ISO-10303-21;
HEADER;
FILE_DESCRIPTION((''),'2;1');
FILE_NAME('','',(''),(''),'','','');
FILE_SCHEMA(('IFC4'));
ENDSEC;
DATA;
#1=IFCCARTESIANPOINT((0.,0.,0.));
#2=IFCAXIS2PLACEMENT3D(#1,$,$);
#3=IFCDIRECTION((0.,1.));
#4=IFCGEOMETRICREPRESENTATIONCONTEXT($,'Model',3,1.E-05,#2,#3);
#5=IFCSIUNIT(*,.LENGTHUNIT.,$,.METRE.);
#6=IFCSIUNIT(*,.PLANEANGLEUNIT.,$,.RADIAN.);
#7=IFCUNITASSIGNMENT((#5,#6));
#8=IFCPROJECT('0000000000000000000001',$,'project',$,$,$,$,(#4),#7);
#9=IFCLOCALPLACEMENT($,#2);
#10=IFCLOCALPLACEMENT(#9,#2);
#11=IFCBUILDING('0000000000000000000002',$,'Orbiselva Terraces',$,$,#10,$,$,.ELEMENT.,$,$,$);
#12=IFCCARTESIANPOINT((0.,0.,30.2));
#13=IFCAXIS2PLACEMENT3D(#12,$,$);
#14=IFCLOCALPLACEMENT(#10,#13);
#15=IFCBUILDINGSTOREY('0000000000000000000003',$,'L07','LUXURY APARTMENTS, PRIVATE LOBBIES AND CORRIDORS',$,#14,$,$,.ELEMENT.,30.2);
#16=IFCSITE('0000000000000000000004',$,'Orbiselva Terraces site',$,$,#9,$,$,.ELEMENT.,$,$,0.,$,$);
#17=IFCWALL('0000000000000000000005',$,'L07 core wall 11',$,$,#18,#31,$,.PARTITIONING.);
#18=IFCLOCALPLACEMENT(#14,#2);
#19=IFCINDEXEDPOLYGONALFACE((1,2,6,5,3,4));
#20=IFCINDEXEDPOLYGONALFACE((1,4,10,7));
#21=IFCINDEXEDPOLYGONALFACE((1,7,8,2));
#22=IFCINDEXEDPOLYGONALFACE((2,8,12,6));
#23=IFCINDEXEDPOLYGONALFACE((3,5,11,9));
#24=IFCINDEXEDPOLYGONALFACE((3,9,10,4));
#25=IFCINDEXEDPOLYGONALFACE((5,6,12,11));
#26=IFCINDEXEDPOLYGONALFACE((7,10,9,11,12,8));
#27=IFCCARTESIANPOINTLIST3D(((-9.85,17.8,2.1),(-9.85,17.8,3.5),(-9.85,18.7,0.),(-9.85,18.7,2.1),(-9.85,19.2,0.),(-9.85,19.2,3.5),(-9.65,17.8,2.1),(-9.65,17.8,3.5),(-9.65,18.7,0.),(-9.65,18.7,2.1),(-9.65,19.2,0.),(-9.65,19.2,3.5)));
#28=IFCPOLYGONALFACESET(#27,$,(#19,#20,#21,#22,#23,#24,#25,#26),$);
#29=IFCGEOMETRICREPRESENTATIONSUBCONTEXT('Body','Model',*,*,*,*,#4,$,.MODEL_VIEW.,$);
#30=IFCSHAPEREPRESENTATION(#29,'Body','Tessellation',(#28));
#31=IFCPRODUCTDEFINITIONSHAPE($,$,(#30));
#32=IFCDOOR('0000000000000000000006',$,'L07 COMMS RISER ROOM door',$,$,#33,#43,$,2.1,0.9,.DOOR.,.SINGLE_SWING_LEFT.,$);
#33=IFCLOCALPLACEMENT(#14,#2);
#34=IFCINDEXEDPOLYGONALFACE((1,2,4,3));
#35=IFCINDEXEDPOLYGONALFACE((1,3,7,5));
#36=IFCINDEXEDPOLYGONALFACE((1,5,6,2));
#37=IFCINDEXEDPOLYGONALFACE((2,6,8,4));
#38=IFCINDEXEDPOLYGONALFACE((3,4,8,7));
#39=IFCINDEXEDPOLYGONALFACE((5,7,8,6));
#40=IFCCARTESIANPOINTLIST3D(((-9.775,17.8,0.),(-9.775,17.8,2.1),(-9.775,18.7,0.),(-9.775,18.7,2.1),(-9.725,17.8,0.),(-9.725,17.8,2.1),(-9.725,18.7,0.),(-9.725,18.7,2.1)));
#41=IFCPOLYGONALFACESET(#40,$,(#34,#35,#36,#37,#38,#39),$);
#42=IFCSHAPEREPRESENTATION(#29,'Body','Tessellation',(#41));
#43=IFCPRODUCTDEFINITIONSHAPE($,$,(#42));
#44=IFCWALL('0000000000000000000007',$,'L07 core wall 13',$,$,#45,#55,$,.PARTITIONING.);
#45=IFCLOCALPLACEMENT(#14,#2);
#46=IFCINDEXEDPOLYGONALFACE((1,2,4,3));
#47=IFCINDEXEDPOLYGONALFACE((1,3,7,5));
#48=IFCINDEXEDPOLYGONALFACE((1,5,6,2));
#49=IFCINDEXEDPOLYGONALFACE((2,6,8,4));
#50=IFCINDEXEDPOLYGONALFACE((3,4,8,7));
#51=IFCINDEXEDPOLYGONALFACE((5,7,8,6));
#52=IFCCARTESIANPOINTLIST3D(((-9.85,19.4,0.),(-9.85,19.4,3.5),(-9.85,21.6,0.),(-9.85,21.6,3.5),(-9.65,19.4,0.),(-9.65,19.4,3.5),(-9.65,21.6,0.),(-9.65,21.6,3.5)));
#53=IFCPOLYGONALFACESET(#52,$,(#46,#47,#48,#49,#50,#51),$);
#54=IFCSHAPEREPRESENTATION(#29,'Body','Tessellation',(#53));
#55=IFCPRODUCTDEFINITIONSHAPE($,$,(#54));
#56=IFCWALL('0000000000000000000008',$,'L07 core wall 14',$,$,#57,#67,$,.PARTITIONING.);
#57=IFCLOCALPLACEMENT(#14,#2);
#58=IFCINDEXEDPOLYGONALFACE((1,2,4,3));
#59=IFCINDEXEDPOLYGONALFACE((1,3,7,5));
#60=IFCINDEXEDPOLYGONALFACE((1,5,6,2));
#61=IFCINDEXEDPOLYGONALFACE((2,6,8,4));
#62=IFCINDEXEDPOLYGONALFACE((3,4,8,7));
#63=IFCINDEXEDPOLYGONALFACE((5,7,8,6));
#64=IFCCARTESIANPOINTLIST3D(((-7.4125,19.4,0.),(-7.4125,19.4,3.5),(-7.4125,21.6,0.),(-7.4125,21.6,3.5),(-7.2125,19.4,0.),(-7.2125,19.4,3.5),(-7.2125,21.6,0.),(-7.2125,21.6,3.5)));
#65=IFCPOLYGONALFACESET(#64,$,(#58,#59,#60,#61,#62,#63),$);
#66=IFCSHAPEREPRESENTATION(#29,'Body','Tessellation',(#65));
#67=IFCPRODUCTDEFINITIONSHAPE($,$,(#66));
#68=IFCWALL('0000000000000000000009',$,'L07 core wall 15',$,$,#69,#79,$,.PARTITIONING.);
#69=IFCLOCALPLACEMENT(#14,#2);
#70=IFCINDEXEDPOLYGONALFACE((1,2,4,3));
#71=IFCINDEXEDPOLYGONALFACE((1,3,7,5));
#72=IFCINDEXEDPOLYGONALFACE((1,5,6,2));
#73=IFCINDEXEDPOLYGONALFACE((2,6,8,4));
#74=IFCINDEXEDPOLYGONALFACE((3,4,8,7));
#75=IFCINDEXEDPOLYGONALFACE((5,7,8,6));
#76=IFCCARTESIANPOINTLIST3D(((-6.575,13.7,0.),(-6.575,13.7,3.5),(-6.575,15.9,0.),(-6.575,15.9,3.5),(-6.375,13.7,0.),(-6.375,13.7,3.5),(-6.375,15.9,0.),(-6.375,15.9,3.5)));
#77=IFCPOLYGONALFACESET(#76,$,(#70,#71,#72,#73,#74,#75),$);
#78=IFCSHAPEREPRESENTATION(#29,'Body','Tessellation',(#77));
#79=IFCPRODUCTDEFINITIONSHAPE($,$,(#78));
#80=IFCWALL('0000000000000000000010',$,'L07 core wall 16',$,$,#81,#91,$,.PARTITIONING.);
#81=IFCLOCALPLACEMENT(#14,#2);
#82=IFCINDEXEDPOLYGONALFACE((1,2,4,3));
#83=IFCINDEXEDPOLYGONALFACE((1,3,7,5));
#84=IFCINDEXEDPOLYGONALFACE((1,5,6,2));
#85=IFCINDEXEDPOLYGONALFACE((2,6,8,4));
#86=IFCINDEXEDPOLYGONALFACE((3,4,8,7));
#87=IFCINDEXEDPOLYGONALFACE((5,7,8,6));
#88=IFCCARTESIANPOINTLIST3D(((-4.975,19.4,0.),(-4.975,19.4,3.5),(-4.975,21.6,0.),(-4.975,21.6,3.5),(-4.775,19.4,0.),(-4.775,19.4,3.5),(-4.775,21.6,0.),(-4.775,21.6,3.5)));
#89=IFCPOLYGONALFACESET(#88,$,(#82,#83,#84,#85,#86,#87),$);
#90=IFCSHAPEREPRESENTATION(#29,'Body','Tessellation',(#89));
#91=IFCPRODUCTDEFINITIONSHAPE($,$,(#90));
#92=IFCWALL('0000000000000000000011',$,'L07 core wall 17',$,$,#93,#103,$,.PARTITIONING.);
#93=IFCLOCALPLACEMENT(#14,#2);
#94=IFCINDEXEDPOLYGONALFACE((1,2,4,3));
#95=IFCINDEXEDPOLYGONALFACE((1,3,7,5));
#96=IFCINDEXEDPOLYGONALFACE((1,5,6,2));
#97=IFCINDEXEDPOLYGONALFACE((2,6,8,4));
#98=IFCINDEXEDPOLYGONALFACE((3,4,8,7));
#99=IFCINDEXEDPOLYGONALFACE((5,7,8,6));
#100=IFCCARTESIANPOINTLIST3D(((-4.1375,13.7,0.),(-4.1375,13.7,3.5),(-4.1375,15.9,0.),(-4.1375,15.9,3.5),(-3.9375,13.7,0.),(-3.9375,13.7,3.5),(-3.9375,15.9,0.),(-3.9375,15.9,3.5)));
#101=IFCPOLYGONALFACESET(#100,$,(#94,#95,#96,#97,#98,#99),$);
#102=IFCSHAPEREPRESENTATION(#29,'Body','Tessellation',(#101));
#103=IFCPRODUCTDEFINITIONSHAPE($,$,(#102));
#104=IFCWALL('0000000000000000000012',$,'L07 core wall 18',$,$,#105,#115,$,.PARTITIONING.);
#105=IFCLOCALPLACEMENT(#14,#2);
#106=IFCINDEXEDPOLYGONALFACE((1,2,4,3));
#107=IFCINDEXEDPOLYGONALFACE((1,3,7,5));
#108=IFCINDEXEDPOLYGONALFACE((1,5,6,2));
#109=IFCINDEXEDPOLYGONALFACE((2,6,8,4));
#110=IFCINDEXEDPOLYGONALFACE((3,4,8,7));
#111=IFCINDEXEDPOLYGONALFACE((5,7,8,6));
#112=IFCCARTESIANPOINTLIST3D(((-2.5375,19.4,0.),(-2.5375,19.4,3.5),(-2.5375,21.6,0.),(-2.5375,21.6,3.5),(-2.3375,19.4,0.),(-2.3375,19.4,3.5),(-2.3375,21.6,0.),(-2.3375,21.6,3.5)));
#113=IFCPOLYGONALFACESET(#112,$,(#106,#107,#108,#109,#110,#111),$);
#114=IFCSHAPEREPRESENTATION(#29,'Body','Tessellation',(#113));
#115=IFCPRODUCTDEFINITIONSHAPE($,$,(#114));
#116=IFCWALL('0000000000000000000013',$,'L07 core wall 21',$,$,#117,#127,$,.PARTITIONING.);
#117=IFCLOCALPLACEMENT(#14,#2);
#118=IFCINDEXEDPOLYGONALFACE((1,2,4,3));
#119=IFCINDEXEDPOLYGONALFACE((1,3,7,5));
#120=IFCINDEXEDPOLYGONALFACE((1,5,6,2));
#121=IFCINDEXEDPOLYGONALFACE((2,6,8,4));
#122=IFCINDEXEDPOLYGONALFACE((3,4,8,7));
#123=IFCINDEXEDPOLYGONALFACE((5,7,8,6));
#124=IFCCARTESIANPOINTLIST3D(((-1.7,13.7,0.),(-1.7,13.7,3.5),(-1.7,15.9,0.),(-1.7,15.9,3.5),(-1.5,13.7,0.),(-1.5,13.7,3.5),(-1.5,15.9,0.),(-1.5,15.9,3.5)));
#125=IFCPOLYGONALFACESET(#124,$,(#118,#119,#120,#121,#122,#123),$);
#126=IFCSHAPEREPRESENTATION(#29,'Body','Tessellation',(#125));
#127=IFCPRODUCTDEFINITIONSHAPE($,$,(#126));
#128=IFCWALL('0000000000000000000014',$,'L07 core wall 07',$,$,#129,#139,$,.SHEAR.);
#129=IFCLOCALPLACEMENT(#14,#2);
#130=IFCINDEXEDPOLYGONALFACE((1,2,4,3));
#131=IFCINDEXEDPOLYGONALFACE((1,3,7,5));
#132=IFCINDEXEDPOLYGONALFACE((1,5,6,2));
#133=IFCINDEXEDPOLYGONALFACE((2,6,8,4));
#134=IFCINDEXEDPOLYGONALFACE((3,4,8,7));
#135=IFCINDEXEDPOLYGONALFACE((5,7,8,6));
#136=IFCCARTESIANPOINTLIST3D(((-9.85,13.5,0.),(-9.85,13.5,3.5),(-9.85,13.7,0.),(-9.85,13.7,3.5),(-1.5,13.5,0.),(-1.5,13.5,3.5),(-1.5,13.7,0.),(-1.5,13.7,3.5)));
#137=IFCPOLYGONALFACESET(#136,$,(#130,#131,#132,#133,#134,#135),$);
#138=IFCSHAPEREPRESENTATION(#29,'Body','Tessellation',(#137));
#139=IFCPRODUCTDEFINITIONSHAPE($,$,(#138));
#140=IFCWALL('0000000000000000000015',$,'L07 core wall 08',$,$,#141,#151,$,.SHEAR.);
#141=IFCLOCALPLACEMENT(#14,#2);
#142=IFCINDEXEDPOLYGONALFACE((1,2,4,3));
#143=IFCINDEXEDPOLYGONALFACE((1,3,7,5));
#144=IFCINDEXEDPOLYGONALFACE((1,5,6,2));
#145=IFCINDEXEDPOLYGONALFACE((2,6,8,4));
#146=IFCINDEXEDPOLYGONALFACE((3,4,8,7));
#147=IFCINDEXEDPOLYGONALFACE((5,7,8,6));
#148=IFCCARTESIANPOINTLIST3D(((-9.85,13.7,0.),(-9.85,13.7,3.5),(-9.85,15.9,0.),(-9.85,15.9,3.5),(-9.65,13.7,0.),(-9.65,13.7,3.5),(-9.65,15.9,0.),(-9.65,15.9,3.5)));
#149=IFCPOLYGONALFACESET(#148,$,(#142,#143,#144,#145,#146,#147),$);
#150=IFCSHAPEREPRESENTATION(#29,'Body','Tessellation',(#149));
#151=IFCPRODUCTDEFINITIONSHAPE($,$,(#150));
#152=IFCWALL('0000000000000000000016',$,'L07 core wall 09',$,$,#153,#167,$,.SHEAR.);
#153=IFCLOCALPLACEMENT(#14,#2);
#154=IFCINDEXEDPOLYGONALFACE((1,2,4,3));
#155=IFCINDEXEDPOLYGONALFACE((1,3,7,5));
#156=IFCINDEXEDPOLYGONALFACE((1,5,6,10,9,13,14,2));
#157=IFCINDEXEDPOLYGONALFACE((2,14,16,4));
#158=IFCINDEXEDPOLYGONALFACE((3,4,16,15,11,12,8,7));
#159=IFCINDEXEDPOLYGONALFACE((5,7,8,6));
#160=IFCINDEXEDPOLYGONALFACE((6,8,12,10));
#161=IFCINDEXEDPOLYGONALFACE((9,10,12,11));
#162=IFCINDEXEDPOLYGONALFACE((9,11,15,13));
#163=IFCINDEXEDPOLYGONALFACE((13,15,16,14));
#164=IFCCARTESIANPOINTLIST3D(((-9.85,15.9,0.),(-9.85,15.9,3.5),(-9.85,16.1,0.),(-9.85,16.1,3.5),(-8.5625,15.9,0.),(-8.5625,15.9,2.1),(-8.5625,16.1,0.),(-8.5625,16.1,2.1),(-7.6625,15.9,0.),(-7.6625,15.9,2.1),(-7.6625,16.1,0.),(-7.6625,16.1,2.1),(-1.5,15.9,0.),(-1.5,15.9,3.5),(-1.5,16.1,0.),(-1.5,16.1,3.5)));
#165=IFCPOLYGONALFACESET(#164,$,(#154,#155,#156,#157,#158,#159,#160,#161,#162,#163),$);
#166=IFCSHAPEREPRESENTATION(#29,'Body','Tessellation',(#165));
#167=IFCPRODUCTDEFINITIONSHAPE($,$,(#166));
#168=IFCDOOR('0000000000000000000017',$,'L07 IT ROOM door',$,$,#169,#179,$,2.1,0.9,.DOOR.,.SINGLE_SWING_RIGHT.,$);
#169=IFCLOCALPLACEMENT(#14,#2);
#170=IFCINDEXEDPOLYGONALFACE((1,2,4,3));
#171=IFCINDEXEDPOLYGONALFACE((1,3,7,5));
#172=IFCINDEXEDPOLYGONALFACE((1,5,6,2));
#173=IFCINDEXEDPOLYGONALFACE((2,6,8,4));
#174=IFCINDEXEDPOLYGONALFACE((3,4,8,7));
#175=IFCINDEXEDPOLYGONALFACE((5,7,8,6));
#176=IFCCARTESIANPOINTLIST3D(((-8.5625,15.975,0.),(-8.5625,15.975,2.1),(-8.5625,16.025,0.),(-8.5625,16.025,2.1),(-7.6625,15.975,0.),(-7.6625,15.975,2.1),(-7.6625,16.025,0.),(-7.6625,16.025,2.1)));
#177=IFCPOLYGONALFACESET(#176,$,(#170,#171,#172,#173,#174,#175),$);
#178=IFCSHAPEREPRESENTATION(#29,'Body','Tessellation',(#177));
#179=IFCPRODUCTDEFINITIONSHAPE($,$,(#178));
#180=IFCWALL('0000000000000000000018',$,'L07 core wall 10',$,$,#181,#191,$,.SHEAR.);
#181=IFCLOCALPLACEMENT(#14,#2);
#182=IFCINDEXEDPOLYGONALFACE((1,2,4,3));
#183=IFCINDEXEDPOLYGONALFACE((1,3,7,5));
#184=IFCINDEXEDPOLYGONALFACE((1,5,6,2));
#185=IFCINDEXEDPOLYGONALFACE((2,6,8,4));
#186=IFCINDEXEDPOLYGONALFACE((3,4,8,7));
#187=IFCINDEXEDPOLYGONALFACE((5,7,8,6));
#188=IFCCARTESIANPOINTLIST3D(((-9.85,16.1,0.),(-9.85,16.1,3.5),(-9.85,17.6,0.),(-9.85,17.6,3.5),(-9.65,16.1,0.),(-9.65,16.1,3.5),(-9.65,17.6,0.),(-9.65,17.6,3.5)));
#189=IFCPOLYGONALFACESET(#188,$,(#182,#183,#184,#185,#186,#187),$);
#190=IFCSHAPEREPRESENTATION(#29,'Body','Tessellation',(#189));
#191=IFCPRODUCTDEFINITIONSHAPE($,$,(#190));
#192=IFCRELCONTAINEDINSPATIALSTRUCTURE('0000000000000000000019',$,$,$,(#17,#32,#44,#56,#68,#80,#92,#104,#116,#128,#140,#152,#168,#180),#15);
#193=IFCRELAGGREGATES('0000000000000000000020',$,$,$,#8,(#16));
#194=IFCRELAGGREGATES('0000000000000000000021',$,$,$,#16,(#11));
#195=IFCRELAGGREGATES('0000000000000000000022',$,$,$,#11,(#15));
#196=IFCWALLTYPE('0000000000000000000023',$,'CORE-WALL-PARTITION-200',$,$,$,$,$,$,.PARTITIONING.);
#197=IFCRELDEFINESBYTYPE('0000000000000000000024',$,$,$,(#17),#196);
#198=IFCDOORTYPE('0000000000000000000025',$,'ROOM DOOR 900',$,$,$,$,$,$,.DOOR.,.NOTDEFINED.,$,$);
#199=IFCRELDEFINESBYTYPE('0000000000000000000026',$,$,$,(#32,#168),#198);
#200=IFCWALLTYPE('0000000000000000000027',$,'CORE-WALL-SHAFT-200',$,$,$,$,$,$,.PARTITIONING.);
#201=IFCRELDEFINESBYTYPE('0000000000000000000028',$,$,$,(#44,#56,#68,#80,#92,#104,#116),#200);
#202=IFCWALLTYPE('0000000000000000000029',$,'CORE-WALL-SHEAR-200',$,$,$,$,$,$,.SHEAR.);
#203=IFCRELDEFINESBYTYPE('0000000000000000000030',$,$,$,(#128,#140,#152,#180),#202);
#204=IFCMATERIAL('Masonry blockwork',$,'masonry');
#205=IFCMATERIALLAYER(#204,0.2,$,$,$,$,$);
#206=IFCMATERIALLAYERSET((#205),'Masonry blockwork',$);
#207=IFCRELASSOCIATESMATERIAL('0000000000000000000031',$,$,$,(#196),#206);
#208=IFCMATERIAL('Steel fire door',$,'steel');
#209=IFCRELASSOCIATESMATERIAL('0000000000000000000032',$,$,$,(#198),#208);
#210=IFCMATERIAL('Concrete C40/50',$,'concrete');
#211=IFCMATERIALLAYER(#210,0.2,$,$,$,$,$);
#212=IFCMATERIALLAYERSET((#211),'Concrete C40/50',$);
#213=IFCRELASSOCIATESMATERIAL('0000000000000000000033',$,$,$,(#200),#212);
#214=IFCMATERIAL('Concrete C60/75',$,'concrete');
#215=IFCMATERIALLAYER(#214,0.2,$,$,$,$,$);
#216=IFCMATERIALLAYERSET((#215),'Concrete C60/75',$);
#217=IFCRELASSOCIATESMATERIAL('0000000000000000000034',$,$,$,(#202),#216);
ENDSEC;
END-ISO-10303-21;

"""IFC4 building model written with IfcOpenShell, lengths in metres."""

from ifc_helpers import new_model, si_unit, direction, frame, frame_2d, origin, place, context, subcontext, project, spatial, rectangle, extrude, material, layer, layer_set, type_object, element, fill, save


model = new_model("IFC4")

# Units and contexts
model_context = context("Model", 3, precision=1e-05, world=origin(), true_north=direction((0.0, 1.0)))
body_context = subcontext(model_context, "Body", "Model", "MODEL_VIEW")
ifc_project = project(units=[si_unit("LENGTHUNIT", "METRE"), si_unit("PLANEANGLEUNIT", "RADIAN")], contexts=[model_context])

# Site, building, storey
site_placement = place(None, origin())
site = spatial("IfcSite", under=ifc_project, at=site_placement, Name="Orbiselva Terraces site", CompositionType="ELEMENT", RefElevation=0.0)
building_placement = place(site_placement, origin())
building = spatial("IfcBuilding", under=site, at=building_placement, Name="Orbiselva Terraces", CompositionType="ELEMENT")
storey_placement = place(building_placement, frame((0.0, 0.0, 30.2)))
storey = spatial("IfcBuildingStorey", under=building, at=storey_placement, Name="L07", Description="LUXURY APARTMENTS, PRIVATE LOBBIES AND CORRIDORS", CompositionType="ELEMENT", Elevation=30.2)

# Wall, opening, door
ifc_material_1 = material(Name="Masonry blockwork", Category="masonry")
ifc_layer_1 = layer(ifc_material_1, 0.2)
ifc_layer_set_1 = layer_set([ifc_layer_1], Name="Masonry blockwork")
wall_type_1 = type_object("IfcWallType", Name="CORE-WALL-PARTITION-200", PredefinedType="PARTITIONING", material=ifc_layer_set_1)
wall_1_placement = place(storey_placement, frame((-9.75, 17.8, 0.0), z_axis=(0.0, 0.0, 1.0), x_axis=(0.0, 1.0, 0.0)))
wall_1 = element("IfcWall", 1, at=wall_1_placement, inside=storey, type_object=wall_type_1, Name="L07 core wall 11", PredefinedType="PARTITIONING", context=body_context, shape_type="SweptSolid", body=[
    extrude(rectangle(XDim=1.4, YDim=0.2, at=frame_2d((0.7, 0.0))), origin(), (0.0, 0.0, 1.0), 3.5),
])
opening_1_placement = place(wall_1_placement, origin())
opening_1 = element("IfcOpeningElement", 2, at=opening_1_placement, cuts=wall_1, PredefinedType="OPENING", context=body_context, shape_type="SweptSolid", body=[
    extrude(rectangle(XDim=0.9, YDim=2.1, at=frame_2d((0.45, 1.05))), frame((0.0, 0.11, 0.0), z_axis=(0.0, -1.0, 0.0), x_axis=(1.0, 0.0, 0.0)), (0.0, 0.0, 1.0), 0.22),
])
ifc_material_2 = material(Name="Steel fire door", Category="steel")
door_type_1 = type_object("IfcDoorType", Name="ROOM DOOR 900", OperationType="NOTDEFINED", PredefinedType="DOOR", material=ifc_material_2)
door_1_placement = place(opening_1_placement, origin())
door_1 = element("IfcDoor", 3, at=door_1_placement, inside=storey, type_object=door_type_1, Name="L07 COMMS RISER ROOM door", OperationType="SINGLE_SWING_LEFT", OverallHeight=2.1, OverallWidth=0.9, PredefinedType="DOOR", context=body_context, shape_type="SweptSolid", body=[
    extrude(rectangle(XDim=0.9, YDim=2.1, at=frame_2d((0.45, 1.05))), frame((0.0, 0.025, 0.0), z_axis=(0.0, -1.0, 0.0), x_axis=(1.0, 0.0, 0.0)), (0.0, 0.0, 1.0), 0.05),
])
fill(opening_1, door_1)

# Walls
ifc_material_3 = material(Name="Concrete C40/50", Category="concrete")
ifc_layer_2 = layer(ifc_material_3, 0.2)
ifc_layer_set_2 = layer_set([ifc_layer_2], Name="Concrete C40/50")
wall_type_2 = type_object("IfcWallType", Name="CORE-WALL-SHAFT-200", PredefinedType="PARTITIONING", material=ifc_layer_set_2)
for number, where, z_axis, x_axis, name in (
    (4, (-9.75, 19.4, 0.0), (0.0, 0.0, 1.0), (0.0, 1.0, 0.0), "L07 core wall 13"),
    (5, (-7.3125, 19.4, 0.0), (0.0, 0.0, 1.0), (0.0, 1.0, 0.0), "L07 core wall 14"),
    (6, (-6.475, 13.7, 0.0), (0.0, 0.0, 1.0), (0.0, 1.0, 0.0), "L07 core wall 15"),
    (7, (-4.875, 19.4, 0.0), (0.0, 0.0, 1.0), (0.0, 1.0, 0.0), "L07 core wall 16"),
    (8, (-4.0375, 13.7, 0.0), (0.0, 0.0, 1.0), (0.0, 1.0, 0.0), "L07 core wall 17"),
    (9, (-2.4375, 19.4, 0.0), (0.0, 0.0, 1.0), (0.0, 1.0, 0.0), "L07 core wall 18"),
    (10, (-1.6, 13.7, 0.0), (0.0, 0.0, 1.0), (0.0, 1.0, 0.0), "L07 core wall 21"),
):
    element("IfcWall", number, at=place(storey_placement, frame(where, z_axis=z_axis, x_axis=x_axis)), inside=storey, type_object=wall_type_2, Name=name, PredefinedType="PARTITIONING", context=body_context, shape_type="SweptSolid", body=[
        extrude(rectangle(XDim=2.2, YDim=0.2, at=frame_2d((1.1, 0.0))), origin(), (0.0, 0.0, 1.0), 3.5),
    ])
ifc_material_4 = material(Name="Concrete C60/75", Category="concrete")
ifc_layer_3 = layer(ifc_material_4, 0.2)
ifc_layer_set_3 = layer_set([ifc_layer_3], Name="Concrete C60/75")
wall_type_3 = type_object("IfcWallType", Name="CORE-WALL-SHEAR-200", PredefinedType="SHEAR", material=ifc_layer_set_3)
wall_2_placement = place(storey_placement, frame((-9.85, 13.6, 0.0), z_axis=(0.0, 0.0, 1.0), x_axis=(1.0, 0.0, 0.0)))
element("IfcWall", 11, at=wall_2_placement, inside=storey, type_object=wall_type_3, Name="L07 core wall 07", PredefinedType="SHEAR", context=body_context, shape_type="SweptSolid", body=[
    extrude(rectangle(XDim=8.35, YDim=0.2, at=frame_2d((4.175, 0.0))), origin(), (0.0, 0.0, 1.0), 3.5),
])
wall_3_placement = place(storey_placement, frame((-9.75, 13.7, 0.0), z_axis=(0.0, 0.0, 1.0), x_axis=(0.0, 1.0, 0.0)))
element("IfcWall", 12, at=wall_3_placement, inside=storey, type_object=wall_type_3, Name="L07 core wall 08", PredefinedType="SHEAR", context=body_context, shape_type="SweptSolid", body=[
    extrude(rectangle(XDim=2.2, YDim=0.2, at=frame_2d((1.1, 0.0))), origin(), (0.0, 0.0, 1.0), 3.5),
])

# Wall, opening, door
wall_4_placement = place(storey_placement, frame((-1.5, 16.0, 0.0), z_axis=(0.0, 0.0, 1.0), x_axis=(-1.0, 0.0, 0.0)))
wall_4 = element("IfcWall", 13, at=wall_4_placement, inside=storey, type_object=wall_type_3, Name="L07 core wall 09", PredefinedType="SHEAR", context=body_context, shape_type="SweptSolid", body=[
    extrude(rectangle(XDim=8.35, YDim=0.2, at=frame_2d((4.175, 0.0))), origin(), (0.0, 0.0, 1.0), 3.5),
])
opening_2_placement = place(wall_4_placement, frame((6.1625, 0.0, 0.0)))
opening_2 = element("IfcOpeningElement", 14, at=opening_2_placement, cuts=wall_4, PredefinedType="OPENING", context=body_context, shape_type="SweptSolid", body=[
    extrude(rectangle(XDim=0.9, YDim=2.1, at=frame_2d((0.45, 1.05))), frame((0.0, 0.11, 0.0), z_axis=(0.0, -1.0, 0.0), x_axis=(1.0, 0.0, 0.0)), (0.0, 0.0, 1.0), 0.22),
])
door_2_placement = place(opening_2_placement, origin())
door_2 = element("IfcDoor", 15, at=door_2_placement, inside=storey, type_object=door_type_1, Name="L07 IT ROOM door", OperationType="SINGLE_SWING_RIGHT", OverallHeight=2.1, OverallWidth=0.9, PredefinedType="DOOR", context=body_context, shape_type="SweptSolid", body=[
    extrude(rectangle(XDim=0.9, YDim=2.1, at=frame_2d((0.45, 1.05))), frame((0.0, 0.025, 0.0), z_axis=(0.0, -1.0, 0.0), x_axis=(1.0, 0.0, 0.0)), (0.0, 0.0, 1.0), 0.05),
])
fill(opening_2, door_2)

# Wall
wall_5_placement = place(storey_placement, frame((-9.75, 16.1, 0.0), z_axis=(0.0, 0.0, 1.0), x_axis=(0.0, 1.0, 0.0)))
element("IfcWall", 16, at=wall_5_placement, inside=storey, type_object=wall_type_3, Name="L07 core wall 10", PredefinedType="SHEAR", context=body_context, shape_type="SweptSolid", body=[
    extrude(rectangle(XDim=1.5, YDim=0.2, at=frame_2d((0.75, 0.0))), origin(), (0.0, 0.0, 1.0), 3.5),
])

save(model, "model.ifc")
